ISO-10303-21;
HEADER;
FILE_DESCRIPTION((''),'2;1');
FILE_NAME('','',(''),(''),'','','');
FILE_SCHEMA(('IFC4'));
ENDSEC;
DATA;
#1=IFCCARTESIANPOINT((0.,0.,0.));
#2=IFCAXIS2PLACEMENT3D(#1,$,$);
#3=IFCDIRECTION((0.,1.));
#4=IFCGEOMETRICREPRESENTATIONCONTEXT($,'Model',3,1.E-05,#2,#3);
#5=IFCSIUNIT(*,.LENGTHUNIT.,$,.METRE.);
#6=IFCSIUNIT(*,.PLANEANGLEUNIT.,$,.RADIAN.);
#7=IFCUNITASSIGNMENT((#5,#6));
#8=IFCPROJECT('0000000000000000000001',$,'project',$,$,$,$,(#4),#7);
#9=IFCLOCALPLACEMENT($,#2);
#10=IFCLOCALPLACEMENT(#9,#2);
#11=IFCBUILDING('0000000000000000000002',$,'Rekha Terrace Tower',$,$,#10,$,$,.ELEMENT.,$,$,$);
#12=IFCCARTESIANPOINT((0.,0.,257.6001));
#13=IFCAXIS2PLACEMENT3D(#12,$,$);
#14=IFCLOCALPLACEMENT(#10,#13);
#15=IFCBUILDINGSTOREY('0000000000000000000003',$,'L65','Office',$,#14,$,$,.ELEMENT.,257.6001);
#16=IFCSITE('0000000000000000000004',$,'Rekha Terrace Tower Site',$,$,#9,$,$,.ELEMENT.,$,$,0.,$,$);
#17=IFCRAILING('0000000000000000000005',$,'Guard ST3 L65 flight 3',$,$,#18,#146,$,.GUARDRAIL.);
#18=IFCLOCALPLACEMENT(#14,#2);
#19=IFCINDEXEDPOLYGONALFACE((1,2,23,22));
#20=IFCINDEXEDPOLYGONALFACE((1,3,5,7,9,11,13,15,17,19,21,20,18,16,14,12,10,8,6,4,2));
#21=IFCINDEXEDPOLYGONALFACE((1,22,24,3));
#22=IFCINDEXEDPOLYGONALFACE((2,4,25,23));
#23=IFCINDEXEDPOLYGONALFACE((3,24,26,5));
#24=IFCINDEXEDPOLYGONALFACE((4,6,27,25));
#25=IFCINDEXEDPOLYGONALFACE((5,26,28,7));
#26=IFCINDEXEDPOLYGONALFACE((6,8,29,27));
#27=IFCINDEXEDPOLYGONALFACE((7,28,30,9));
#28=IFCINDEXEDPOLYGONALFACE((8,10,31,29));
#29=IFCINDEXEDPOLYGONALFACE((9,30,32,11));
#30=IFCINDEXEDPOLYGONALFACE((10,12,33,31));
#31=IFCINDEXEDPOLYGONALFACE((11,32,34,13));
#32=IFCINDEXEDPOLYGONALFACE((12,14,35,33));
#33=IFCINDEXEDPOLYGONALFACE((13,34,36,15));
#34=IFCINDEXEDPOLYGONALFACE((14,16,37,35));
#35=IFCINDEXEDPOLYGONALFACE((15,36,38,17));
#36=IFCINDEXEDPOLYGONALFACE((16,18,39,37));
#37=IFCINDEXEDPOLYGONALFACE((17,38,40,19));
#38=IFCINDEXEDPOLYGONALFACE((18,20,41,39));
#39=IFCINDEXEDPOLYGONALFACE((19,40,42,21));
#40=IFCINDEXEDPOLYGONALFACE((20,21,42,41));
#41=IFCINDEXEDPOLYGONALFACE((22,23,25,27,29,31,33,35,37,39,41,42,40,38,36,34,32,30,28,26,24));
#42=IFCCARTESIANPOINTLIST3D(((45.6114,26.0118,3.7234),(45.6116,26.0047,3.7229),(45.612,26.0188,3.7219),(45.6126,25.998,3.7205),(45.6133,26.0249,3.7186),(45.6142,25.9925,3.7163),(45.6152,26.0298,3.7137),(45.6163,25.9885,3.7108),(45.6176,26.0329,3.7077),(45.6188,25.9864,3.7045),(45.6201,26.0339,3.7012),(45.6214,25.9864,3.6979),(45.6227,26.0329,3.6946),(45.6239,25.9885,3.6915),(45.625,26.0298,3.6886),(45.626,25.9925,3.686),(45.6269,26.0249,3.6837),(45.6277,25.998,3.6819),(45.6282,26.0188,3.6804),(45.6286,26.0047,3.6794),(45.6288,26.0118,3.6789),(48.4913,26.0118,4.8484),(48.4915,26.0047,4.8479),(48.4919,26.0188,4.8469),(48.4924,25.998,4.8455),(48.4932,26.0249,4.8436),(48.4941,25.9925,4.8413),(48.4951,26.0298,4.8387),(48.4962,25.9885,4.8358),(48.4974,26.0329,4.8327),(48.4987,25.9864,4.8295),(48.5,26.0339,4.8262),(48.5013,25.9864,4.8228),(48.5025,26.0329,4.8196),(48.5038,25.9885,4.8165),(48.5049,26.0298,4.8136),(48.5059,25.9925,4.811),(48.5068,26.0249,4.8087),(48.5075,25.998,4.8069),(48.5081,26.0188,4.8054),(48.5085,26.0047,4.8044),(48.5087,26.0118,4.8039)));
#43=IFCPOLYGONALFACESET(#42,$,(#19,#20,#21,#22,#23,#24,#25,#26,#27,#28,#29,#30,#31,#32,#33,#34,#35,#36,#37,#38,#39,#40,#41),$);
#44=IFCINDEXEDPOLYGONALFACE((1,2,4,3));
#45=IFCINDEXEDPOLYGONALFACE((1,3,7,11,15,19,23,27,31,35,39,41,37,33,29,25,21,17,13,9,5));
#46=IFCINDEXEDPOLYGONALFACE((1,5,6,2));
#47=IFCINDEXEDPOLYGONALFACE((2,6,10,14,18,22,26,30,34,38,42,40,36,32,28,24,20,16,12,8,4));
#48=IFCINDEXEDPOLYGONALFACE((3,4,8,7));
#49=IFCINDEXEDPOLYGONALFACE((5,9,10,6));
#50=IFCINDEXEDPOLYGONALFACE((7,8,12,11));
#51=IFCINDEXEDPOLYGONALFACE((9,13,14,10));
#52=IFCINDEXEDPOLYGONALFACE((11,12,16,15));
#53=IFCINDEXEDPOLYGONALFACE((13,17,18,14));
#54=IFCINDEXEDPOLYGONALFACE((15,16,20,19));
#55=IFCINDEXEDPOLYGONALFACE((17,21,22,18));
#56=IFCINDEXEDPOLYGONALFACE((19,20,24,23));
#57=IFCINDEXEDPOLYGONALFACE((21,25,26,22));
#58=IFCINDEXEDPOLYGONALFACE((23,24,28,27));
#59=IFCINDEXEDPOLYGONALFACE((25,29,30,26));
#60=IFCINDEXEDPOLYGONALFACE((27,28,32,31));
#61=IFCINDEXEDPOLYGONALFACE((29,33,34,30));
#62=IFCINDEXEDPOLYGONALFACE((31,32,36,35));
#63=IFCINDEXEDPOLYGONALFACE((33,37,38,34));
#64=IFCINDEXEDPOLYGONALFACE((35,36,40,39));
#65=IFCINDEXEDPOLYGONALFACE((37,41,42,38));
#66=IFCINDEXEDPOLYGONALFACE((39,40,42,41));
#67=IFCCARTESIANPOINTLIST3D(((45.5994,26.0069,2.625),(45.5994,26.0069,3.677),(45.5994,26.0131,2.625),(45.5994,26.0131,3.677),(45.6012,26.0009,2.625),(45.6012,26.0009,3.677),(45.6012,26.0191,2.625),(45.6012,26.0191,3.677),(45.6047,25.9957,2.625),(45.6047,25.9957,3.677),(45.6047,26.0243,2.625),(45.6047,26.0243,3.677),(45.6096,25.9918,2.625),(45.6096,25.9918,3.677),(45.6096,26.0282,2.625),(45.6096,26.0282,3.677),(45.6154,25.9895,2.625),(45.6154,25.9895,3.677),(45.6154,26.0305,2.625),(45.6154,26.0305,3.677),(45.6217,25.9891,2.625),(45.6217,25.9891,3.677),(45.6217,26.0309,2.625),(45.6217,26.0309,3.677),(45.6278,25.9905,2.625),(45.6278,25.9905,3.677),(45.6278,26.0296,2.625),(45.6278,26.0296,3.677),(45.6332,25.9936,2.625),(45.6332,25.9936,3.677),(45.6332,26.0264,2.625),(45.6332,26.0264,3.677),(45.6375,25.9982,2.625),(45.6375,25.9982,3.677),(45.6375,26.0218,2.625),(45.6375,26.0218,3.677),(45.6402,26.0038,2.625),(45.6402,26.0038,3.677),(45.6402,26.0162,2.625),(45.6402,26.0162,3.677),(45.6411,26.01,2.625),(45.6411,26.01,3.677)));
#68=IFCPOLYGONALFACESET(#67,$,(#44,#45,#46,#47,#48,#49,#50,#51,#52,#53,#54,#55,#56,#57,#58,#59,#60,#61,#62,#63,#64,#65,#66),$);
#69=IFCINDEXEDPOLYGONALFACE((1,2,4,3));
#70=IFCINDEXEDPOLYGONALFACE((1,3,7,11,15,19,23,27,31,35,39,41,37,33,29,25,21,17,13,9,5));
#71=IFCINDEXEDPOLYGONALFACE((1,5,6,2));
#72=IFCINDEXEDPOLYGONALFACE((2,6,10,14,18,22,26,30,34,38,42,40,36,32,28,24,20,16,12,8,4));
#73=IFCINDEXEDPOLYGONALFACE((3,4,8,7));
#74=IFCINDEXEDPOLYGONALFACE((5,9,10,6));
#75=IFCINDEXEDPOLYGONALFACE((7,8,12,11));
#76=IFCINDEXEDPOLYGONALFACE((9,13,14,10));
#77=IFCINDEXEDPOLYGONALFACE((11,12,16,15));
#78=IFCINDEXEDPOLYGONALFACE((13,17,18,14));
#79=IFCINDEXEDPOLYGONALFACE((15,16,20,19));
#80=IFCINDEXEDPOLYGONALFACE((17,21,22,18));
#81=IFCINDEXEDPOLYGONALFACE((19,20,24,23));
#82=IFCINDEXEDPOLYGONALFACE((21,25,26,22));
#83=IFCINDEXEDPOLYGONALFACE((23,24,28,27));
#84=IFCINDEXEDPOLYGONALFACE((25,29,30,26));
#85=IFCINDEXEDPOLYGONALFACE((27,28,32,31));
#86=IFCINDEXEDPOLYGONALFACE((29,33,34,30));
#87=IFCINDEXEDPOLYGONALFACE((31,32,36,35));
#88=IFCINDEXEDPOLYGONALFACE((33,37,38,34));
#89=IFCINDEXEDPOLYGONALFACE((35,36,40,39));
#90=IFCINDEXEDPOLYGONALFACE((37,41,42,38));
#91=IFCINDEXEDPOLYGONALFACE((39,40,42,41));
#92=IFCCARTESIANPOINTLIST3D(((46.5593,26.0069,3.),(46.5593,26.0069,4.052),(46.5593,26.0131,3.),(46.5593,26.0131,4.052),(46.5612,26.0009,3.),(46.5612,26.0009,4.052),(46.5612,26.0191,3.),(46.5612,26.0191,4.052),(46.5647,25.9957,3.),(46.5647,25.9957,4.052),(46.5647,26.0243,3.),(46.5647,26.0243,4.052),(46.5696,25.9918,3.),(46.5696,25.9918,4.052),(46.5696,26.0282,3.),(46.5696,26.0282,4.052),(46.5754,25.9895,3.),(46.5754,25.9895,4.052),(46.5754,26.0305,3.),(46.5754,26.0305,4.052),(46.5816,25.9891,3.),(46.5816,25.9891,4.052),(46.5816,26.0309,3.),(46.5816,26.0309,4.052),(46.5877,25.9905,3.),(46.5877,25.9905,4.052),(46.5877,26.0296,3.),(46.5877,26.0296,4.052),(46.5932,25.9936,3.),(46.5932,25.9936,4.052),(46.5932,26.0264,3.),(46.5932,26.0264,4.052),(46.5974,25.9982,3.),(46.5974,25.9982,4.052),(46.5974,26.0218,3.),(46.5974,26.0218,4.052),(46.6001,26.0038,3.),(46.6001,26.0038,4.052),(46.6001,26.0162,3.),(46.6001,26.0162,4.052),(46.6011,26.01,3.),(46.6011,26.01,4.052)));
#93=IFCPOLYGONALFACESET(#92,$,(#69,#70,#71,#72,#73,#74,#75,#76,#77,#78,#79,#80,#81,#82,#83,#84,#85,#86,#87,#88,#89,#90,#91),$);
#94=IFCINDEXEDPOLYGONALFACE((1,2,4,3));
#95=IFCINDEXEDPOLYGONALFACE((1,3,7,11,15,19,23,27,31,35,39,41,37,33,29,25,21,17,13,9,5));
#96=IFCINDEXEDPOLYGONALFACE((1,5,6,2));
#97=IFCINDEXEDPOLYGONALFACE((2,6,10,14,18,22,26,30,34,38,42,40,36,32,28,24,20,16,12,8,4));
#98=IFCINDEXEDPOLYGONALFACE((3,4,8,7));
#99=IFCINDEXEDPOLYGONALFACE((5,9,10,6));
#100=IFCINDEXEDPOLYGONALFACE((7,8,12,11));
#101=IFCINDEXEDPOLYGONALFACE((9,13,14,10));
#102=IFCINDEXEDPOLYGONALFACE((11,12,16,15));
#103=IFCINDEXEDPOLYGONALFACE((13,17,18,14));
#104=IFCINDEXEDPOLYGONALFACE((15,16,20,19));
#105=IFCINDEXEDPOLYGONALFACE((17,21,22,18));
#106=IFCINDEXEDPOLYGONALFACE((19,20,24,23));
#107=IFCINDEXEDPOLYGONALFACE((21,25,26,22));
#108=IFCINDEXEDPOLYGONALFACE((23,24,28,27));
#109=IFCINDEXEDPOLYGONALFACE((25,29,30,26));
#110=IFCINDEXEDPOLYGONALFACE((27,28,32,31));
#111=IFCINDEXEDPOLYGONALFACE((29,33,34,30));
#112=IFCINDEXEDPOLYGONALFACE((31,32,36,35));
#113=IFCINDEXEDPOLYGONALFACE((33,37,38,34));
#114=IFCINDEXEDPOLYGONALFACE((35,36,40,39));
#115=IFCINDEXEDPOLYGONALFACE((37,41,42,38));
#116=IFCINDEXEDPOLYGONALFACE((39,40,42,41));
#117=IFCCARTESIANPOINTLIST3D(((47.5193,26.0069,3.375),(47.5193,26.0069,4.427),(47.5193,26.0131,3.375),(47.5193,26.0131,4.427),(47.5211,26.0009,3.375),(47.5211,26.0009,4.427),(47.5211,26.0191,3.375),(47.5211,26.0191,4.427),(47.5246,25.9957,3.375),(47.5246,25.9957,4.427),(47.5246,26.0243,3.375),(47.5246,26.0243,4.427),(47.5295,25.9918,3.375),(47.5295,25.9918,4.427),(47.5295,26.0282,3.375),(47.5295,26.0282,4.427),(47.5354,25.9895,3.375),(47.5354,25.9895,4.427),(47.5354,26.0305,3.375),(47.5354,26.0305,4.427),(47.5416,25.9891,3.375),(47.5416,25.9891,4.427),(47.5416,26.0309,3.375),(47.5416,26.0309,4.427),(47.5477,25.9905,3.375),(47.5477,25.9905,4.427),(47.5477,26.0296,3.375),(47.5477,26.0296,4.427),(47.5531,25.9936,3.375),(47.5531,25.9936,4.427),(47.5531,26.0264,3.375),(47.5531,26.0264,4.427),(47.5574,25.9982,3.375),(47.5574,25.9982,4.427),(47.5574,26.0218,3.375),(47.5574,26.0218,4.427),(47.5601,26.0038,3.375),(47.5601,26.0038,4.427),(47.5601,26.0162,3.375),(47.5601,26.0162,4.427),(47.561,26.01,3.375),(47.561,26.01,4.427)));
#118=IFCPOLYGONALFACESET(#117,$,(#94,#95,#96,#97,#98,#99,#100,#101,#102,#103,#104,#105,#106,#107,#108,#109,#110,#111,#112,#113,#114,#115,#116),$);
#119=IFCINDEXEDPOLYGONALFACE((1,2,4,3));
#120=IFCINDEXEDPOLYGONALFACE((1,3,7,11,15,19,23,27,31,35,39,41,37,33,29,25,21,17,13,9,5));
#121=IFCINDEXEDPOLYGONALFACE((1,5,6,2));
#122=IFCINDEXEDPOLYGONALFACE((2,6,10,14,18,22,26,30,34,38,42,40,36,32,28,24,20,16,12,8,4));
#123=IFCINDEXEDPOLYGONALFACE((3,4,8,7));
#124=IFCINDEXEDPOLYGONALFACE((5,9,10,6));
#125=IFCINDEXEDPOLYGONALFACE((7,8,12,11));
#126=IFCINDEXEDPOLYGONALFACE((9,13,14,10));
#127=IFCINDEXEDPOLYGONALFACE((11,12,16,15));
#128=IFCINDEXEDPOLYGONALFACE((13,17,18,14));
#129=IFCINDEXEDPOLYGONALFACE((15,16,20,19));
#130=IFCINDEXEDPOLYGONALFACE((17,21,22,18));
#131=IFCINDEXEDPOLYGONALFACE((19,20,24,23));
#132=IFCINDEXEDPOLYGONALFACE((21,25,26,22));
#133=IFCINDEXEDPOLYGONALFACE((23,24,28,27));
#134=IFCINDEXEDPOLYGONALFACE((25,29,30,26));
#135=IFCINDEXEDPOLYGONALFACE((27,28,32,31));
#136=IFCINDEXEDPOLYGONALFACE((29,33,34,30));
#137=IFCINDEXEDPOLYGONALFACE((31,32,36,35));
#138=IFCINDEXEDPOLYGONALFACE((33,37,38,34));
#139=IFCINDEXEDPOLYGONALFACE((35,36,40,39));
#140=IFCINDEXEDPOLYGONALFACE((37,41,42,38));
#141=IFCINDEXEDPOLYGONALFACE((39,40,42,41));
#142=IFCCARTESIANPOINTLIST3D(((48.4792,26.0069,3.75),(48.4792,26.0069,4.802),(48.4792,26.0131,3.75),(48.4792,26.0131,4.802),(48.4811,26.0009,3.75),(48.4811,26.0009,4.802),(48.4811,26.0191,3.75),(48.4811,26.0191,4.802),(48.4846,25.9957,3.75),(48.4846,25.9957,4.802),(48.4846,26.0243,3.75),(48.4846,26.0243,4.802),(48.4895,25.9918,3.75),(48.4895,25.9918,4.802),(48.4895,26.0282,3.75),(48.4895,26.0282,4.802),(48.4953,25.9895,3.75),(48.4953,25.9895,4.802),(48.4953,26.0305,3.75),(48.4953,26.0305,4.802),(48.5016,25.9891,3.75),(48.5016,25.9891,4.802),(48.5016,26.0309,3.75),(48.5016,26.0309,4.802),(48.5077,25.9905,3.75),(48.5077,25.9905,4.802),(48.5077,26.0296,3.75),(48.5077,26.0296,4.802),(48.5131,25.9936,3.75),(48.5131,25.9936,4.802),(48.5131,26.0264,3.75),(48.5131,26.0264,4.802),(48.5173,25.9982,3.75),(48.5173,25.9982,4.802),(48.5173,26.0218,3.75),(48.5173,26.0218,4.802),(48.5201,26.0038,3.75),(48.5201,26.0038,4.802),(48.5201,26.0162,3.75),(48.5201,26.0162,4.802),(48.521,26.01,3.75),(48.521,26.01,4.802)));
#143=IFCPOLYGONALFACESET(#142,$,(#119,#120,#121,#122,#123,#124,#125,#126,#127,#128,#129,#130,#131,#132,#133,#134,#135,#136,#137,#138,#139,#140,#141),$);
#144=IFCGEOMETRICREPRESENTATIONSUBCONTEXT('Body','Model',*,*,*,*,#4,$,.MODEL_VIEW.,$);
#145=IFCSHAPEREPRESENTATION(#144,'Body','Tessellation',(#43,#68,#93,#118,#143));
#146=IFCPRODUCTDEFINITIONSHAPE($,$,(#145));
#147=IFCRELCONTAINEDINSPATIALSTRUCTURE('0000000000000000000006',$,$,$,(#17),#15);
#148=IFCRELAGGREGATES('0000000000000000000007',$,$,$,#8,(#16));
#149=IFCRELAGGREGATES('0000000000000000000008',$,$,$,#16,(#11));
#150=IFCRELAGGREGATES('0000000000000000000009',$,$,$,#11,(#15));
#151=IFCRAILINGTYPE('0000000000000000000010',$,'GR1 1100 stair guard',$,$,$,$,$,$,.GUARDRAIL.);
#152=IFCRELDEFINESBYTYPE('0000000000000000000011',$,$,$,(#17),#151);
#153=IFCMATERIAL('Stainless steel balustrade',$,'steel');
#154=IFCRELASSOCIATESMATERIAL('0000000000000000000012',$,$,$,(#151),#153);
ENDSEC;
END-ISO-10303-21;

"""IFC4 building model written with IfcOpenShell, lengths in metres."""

from ifc_helpers import new_model, si_unit, direction, frame, origin, origin_2d, place, context, subcontext, project, spatial, circle, extrude, material, type_object, element, save


model = new_model("IFC4")

# Units and contexts
model_context = context("Model", 3, precision=1e-05, world=origin(), true_north=direction((0.0, 1.0)))
body_context = subcontext(model_context, "Body", "Model", "MODEL_VIEW")
ifc_project = project(units=[si_unit("LENGTHUNIT", "METRE"), si_unit("PLANEANGLEUNIT", "RADIAN")], contexts=[model_context])

# Site, building, storey
site_placement = place(None, origin())
site = spatial("IfcSite", under=ifc_project, at=site_placement, Name="Rekha Terrace Tower Site", CompositionType="ELEMENT", RefElevation=0.0)
building_placement = place(site_placement, origin())
building = spatial("IfcBuilding", under=site, at=building_placement, Name="Rekha Terrace Tower", CompositionType="ELEMENT")
storey_placement = place(building_placement, frame((0.0, 0.0, 257.6001)))
storey = spatial("IfcBuildingStorey", under=building, at=storey_placement, Name="L65", Description="Office", CompositionType="ELEMENT", Elevation=257.6001)

# Railing
ifc_material_1 = material(Name="Stainless steel balustrade", Category="steel")
railing_type_1 = type_object("IfcRailingType", Name="GR1 1100 stair guard", PredefinedType="GUARDRAIL", material=ifc_material_1)
railing_1_placement = place(storey_placement, frame((45.6201, 26.01, 2.625)))
element("IfcRailing", 1, at=railing_1_placement, inside=storey, type_object=railing_type_1, Name="Guard ST3 L65 flight 3", PredefinedType="GUARDRAIL", context=body_context, shape_type="SweptSolid", body=[
    extrude(circle(Radius=0.0239, at=origin_2d()), frame((0.0, 0.0, 1.0762), z_axis=(0.931452, 0.0, 0.363863), x_axis=(0.0, 1.0, 0.0)), (0.0, 0.0, 1.0), 3.0918),
    extrude(circle(Radius=0.021, at=origin_2d()), origin(), (0.0, 0.0, 1.0), 1.052),
    extrude(circle(Radius=0.021, at=origin_2d()), frame((0.96, 0.0, 0.375)), (0.0, 0.0, 1.0), 1.052),
    extrude(circle(Radius=0.021, at=origin_2d()), frame((1.9199, 0.0, 0.75)), (0.0, 0.0, 1.0), 1.052),
    extrude(circle(Radius=0.021, at=origin_2d()), frame((2.8799, 0.0, 1.125)), (0.0, 0.0, 1.0), 1.052),
])

save(model, "model.ifc")
